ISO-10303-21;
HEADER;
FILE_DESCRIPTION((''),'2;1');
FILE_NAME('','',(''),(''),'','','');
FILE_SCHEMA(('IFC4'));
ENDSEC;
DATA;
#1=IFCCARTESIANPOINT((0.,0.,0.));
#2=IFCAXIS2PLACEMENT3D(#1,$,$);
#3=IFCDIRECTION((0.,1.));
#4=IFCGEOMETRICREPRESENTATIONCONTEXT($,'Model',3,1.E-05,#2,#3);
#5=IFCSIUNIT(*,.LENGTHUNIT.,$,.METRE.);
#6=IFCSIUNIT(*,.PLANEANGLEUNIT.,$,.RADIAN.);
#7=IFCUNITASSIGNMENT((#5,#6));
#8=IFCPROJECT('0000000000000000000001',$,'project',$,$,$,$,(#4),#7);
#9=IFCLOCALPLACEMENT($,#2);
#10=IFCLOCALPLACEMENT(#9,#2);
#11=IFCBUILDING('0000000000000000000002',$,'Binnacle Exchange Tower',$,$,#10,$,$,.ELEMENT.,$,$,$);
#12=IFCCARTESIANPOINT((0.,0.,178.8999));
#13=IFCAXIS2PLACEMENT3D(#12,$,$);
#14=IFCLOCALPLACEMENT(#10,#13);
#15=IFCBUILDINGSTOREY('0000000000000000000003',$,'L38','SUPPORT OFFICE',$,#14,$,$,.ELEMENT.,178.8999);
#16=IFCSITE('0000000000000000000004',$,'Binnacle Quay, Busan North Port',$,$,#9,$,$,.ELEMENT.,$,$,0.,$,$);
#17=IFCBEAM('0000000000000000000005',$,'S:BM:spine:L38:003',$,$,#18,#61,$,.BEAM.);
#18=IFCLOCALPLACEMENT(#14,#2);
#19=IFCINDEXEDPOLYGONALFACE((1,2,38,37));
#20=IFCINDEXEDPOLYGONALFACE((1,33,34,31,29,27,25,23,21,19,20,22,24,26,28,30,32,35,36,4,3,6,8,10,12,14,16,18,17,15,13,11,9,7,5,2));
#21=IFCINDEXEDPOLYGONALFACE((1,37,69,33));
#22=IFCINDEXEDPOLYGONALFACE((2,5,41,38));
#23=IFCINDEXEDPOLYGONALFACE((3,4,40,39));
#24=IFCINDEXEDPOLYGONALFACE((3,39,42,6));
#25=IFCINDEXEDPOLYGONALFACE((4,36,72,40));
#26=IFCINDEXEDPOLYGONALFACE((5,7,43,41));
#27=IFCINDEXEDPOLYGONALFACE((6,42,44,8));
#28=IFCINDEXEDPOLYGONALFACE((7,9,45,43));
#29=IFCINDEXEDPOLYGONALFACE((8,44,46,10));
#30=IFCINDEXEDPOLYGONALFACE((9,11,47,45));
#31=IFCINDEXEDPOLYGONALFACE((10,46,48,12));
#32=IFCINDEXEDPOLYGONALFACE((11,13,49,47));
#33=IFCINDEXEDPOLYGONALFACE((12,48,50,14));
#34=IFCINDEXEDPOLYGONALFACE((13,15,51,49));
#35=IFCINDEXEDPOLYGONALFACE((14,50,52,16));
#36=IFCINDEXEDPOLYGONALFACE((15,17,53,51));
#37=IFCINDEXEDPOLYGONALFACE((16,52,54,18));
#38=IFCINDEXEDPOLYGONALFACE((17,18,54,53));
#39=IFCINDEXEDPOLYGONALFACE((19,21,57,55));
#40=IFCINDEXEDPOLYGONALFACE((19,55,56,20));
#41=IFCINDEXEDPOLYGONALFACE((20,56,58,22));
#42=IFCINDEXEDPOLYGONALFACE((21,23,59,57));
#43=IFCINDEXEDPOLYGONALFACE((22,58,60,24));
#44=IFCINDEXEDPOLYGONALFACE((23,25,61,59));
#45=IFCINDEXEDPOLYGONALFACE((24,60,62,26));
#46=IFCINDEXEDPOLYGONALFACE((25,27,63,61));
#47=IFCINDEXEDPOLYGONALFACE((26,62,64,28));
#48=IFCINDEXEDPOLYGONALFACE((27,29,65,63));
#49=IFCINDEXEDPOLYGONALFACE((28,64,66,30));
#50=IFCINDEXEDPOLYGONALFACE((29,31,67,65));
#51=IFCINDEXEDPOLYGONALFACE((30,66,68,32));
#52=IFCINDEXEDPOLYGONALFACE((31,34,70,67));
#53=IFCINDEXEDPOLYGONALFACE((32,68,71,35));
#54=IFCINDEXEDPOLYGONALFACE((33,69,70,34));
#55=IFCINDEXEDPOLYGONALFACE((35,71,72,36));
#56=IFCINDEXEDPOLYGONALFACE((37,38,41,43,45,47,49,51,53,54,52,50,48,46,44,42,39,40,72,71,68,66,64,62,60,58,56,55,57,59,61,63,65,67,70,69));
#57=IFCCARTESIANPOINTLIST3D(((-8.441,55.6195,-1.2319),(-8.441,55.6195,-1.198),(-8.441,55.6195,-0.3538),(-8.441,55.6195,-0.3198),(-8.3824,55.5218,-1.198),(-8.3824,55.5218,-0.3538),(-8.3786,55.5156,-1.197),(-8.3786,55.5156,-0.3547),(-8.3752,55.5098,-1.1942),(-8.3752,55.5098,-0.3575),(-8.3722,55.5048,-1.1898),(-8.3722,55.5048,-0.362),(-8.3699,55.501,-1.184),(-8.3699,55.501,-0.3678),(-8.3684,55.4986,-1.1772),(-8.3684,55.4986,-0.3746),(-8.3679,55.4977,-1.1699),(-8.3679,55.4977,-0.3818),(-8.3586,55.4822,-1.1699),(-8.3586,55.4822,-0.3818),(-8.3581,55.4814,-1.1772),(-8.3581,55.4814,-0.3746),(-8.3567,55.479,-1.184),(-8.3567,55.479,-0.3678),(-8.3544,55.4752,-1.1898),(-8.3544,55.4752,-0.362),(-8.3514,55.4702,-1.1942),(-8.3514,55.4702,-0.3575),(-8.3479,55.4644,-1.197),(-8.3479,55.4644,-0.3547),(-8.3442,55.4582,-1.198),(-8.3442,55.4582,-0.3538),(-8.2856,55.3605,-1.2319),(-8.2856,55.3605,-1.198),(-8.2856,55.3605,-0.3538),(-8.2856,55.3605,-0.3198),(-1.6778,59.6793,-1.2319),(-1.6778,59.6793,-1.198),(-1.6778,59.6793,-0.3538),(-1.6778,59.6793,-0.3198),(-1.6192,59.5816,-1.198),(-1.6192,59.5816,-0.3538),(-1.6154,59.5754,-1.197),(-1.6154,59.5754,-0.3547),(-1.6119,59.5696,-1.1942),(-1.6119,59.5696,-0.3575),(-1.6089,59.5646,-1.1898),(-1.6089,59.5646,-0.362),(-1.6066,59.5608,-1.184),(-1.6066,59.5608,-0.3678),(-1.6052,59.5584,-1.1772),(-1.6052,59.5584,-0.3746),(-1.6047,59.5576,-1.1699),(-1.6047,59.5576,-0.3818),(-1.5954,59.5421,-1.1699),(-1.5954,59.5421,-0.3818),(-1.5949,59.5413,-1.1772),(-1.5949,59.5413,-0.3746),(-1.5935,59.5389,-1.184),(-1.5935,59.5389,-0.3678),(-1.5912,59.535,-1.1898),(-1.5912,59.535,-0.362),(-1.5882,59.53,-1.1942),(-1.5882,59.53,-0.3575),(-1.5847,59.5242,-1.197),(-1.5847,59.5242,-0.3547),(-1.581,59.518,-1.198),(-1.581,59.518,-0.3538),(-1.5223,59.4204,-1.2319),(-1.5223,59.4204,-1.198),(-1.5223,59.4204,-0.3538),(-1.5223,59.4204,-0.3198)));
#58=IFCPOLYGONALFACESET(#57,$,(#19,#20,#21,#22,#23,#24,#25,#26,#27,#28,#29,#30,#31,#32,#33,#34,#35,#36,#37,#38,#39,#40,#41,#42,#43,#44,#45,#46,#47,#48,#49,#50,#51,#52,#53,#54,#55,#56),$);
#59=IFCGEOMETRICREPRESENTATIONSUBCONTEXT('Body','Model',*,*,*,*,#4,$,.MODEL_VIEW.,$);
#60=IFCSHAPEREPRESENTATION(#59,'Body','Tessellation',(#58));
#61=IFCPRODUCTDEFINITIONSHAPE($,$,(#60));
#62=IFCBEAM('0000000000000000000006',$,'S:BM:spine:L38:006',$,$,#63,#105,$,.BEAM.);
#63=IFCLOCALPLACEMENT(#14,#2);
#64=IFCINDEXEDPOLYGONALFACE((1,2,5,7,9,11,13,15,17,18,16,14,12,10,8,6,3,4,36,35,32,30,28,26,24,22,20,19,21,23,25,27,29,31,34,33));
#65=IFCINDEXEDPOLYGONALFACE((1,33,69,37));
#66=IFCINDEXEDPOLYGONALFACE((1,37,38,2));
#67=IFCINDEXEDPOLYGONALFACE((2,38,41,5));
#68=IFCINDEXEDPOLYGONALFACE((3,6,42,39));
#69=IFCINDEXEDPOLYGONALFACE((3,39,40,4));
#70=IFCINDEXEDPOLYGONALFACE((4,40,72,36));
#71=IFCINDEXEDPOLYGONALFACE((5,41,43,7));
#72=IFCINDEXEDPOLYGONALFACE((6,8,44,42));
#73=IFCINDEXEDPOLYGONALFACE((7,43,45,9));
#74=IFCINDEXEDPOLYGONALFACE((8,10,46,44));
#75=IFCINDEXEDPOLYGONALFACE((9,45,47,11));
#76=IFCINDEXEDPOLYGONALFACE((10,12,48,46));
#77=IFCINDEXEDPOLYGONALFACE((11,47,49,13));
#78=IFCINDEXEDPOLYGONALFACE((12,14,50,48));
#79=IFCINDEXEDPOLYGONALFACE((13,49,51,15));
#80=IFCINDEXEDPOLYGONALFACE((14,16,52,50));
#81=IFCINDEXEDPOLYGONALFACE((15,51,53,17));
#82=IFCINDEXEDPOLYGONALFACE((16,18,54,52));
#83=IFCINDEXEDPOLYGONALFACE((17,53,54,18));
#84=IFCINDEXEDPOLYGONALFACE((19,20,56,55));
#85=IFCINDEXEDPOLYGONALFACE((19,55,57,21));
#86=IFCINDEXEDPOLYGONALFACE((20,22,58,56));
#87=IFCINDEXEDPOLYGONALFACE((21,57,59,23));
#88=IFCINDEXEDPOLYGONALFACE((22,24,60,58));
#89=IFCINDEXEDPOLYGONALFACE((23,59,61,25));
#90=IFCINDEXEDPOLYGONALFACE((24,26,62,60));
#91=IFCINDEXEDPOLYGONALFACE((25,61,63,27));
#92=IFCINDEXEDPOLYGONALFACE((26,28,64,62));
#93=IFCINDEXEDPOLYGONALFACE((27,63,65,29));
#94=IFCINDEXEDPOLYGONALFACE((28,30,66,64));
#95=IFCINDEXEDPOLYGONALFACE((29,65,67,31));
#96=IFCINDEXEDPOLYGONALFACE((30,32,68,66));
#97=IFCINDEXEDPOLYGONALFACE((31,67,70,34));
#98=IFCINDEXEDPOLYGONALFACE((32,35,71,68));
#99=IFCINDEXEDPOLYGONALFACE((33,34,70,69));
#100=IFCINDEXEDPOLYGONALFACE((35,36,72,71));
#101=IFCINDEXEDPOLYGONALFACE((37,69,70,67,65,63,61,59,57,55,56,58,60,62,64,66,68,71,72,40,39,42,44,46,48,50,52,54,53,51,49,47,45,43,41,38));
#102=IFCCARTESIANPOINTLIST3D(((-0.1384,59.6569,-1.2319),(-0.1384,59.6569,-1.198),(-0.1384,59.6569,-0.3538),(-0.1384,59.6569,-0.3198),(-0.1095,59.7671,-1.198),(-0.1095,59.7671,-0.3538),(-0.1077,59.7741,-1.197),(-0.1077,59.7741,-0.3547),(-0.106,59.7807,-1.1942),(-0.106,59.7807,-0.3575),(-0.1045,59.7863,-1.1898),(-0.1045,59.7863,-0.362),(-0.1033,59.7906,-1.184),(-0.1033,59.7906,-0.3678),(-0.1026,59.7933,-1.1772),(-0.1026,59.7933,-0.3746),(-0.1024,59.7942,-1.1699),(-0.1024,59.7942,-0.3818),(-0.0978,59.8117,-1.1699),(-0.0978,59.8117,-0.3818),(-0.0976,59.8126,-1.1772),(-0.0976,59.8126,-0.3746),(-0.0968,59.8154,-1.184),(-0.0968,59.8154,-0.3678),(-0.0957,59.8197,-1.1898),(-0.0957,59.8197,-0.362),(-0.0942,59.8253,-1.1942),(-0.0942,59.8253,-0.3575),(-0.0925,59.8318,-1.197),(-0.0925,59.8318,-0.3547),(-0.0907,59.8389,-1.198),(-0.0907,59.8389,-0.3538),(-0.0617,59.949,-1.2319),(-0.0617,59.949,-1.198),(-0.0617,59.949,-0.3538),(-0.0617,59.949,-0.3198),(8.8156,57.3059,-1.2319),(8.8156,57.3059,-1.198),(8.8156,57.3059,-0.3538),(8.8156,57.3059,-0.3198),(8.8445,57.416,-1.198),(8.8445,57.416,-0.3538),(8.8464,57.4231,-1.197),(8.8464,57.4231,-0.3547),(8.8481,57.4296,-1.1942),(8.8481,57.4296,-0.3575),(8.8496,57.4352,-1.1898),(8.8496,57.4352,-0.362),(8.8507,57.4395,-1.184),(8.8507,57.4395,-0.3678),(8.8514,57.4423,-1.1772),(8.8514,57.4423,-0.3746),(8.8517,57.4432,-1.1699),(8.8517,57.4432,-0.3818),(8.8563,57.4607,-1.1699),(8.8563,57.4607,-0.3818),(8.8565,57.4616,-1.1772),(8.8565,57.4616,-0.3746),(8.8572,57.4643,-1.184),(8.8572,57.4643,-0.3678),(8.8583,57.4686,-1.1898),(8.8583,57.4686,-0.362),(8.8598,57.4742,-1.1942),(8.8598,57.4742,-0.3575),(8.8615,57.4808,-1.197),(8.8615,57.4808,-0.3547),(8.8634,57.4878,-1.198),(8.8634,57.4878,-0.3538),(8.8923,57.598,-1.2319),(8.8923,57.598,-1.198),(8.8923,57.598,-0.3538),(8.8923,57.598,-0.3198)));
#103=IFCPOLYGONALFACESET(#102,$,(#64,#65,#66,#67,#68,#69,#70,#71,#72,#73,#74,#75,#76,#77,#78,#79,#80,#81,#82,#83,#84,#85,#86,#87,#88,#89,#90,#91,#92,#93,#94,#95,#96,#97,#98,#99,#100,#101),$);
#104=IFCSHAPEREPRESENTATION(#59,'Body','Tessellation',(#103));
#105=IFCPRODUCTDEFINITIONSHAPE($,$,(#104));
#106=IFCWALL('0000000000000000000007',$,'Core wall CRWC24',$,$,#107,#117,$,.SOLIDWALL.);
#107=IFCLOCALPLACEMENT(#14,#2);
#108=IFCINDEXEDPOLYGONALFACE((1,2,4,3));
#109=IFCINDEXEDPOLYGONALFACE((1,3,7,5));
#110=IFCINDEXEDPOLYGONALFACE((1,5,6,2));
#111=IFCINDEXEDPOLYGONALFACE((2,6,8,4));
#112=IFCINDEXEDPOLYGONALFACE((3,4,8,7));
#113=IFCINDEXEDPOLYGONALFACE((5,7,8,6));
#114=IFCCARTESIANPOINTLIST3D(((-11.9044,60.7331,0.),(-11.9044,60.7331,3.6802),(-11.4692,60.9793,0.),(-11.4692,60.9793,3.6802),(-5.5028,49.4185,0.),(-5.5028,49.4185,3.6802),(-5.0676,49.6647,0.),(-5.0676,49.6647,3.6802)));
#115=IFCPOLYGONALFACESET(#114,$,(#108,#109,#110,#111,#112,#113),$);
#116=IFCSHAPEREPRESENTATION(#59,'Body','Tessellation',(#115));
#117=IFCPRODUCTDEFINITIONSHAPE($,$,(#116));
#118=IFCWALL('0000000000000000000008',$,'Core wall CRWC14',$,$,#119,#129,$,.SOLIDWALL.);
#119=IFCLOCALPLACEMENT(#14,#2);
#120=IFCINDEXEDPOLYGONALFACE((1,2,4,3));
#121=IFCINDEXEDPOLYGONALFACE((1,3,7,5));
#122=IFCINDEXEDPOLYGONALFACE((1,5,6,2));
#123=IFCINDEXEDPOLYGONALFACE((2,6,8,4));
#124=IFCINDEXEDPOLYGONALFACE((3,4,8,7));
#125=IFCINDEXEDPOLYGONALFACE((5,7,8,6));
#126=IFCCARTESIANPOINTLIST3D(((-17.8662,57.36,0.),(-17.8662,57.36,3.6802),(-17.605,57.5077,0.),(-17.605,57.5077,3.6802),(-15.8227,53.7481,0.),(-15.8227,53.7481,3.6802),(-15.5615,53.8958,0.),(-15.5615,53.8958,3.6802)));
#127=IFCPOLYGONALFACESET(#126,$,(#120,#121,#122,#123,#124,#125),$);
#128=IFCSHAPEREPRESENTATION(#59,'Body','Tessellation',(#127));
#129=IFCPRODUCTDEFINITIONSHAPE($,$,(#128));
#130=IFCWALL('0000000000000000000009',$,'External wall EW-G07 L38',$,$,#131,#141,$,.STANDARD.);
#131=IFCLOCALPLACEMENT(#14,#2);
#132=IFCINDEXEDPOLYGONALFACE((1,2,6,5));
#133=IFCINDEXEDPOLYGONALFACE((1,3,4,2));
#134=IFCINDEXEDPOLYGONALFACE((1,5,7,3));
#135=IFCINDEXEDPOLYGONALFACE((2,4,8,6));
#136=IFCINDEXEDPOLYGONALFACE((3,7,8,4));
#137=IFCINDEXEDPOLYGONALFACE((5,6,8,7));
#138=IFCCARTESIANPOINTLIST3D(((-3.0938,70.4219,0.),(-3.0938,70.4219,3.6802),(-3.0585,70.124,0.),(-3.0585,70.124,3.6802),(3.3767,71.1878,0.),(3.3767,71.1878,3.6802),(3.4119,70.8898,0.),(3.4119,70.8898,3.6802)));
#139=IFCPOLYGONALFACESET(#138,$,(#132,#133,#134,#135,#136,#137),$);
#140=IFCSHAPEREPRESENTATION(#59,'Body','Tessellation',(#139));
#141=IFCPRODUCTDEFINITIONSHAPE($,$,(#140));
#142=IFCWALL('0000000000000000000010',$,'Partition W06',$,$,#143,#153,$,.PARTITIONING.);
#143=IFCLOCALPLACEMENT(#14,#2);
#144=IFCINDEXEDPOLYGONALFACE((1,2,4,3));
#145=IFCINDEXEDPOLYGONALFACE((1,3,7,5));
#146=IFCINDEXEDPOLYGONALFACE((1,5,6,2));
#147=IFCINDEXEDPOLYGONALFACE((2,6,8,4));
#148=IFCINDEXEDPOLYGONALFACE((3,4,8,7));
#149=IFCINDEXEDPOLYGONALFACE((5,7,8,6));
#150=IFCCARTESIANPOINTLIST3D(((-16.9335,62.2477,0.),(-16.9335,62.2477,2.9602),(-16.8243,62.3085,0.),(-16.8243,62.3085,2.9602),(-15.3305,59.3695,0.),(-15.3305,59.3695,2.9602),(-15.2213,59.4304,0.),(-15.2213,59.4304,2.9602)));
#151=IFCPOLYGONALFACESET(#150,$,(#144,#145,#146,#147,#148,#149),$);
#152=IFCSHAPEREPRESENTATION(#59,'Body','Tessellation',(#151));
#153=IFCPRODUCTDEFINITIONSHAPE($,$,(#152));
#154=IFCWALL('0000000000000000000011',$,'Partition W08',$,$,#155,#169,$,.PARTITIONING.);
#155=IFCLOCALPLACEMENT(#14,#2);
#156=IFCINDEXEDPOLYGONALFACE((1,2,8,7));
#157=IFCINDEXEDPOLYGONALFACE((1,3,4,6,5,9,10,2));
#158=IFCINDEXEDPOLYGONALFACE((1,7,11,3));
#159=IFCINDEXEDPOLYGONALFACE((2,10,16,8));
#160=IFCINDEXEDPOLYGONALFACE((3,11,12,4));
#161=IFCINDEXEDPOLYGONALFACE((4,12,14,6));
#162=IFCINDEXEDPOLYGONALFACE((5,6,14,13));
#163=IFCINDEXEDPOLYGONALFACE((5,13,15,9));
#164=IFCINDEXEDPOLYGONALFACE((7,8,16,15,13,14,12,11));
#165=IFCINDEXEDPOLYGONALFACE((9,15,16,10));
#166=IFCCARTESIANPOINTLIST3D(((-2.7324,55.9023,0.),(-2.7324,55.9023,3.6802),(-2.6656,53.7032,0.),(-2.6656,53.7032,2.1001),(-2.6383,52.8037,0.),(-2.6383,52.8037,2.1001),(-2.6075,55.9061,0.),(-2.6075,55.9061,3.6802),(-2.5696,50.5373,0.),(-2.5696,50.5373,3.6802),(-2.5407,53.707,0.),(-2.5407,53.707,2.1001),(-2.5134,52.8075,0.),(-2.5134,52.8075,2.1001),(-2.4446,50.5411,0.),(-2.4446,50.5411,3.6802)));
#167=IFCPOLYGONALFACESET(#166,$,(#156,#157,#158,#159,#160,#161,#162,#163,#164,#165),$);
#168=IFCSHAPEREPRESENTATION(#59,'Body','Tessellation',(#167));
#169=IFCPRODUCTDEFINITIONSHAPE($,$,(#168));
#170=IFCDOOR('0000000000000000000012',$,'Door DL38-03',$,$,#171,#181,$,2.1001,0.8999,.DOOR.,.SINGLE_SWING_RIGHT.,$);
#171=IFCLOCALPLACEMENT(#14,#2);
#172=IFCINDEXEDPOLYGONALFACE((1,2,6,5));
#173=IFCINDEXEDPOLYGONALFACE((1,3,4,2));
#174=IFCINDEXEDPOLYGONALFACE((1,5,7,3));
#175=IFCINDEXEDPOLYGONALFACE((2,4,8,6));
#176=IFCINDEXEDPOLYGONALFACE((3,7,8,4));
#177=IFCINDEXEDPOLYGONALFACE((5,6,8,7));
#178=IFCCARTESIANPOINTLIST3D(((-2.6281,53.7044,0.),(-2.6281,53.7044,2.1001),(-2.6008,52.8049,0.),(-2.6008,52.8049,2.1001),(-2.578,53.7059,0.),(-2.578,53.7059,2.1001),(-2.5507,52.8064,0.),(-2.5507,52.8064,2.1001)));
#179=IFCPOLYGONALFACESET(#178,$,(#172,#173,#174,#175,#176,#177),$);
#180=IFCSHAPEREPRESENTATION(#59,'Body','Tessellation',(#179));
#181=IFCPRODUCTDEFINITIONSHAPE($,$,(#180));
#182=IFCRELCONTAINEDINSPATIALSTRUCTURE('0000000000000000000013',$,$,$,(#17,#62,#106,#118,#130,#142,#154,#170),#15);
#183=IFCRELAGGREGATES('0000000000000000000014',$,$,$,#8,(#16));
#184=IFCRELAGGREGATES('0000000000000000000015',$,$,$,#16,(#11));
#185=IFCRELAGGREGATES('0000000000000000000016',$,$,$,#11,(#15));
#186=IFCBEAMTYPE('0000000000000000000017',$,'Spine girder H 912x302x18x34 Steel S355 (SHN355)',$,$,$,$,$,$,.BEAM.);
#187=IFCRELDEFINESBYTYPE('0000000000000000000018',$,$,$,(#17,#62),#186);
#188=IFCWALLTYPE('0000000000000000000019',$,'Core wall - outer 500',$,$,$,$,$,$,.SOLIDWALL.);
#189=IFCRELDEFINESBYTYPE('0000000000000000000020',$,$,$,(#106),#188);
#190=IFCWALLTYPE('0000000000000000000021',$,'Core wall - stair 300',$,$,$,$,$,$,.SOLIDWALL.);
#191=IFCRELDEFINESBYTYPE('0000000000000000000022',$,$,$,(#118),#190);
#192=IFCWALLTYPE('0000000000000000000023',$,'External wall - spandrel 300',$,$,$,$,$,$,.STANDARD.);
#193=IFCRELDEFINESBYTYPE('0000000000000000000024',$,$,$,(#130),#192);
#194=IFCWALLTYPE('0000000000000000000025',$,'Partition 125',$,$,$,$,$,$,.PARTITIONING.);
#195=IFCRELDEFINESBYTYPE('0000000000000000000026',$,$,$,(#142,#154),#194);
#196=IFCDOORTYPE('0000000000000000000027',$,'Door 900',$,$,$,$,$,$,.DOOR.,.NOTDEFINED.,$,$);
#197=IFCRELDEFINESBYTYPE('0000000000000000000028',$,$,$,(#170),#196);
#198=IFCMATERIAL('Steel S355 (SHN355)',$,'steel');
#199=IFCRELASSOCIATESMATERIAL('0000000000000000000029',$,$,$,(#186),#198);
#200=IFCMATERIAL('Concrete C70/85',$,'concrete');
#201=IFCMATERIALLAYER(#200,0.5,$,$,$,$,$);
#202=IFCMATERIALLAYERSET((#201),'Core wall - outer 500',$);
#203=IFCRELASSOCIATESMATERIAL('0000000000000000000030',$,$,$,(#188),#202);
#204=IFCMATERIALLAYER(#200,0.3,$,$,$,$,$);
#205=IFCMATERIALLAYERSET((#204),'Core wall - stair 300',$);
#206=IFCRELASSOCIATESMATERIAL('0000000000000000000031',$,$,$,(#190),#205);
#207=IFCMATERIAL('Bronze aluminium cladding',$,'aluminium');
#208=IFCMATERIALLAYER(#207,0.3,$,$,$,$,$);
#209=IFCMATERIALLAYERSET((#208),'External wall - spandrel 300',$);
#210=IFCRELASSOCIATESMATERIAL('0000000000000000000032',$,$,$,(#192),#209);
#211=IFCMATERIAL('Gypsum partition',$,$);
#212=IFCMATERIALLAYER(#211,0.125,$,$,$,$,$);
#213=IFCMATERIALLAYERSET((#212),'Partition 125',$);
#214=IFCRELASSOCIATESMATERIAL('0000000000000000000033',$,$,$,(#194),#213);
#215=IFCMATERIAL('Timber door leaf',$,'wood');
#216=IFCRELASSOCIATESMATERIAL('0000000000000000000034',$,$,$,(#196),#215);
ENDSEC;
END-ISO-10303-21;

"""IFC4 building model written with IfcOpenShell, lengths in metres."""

from ifc_helpers import new_model, si_unit, direction, frame, frame_2d, origin, origin_2d, place, context, subcontext, project, spatial, rectangle, i_section, extrude, material, layer, layer_set, material_profile, profile_set, type_object, element, fill, save


model = new_model("IFC4")

# Units and contexts
model_context = context("Model", 3, precision=1e-05, world=origin(), true_north=direction((0.0, 1.0)))
body_context = subcontext(model_context, "Body", "Model", "MODEL_VIEW")
ifc_project = project(units=[si_unit("LENGTHUNIT", "METRE"), si_unit("PLANEANGLEUNIT", "RADIAN")], contexts=[model_context])

# Site, building, storey
site_placement = place(None, origin())
site = spatial("IfcSite", under=ifc_project, at=site_placement, Name="Binnacle Quay, Busan North Port", CompositionType="ELEMENT", RefElevation=0.0)
building_placement = place(site_placement, origin())
building = spatial("IfcBuilding", under=site, at=building_placement, Name="Binnacle Exchange Tower", CompositionType="ELEMENT")
storey_placement = place(building_placement, frame((0.0, 0.0, 178.8999)))
storey = spatial("IfcBuildingStorey", under=building, at=storey_placement, Name="L38", Description="SUPPORT OFFICE", CompositionType="ELEMENT", Elevation=178.8999)

# Shared definitions
ifc_material_1 = material(Name="Concrete C70/85", Category="concrete")

# Beams
ifc_material_2 = material(Name="Steel S355 (SHN355)", Category="steel")
ifc_material_profile_1 = material_profile(ifc_material_2, i_section(OverallWidth=0.302, OverallDepth=0.9121, WebThickness=0.0181, FlangeThickness=0.0339, FilletRadius=0.0281, at=origin_2d()), Name="H 912x302x18x34")
ifc_profile_set_1 = profile_set([ifc_material_profile_1], Name="Steel S355 (SHN355)")
beam_type_1 = type_object("IfcBeamType", Name="Spine girder H 912x302x18x34 Steel S355 (SHN355)", PredefinedType="BEAM", material=ifc_profile_set_1)
beam_1_placement = place(storey_placement, frame((-8.3633, 55.49, -0.7759), z_axis=(0.857386, 0.514673, 0.0), x_axis=(-0.514673, 0.857386, 0.0)))
element("IfcBeam", 1, at=beam_1_placement, inside=storey, type_object=beam_type_1, Name="S:BM:spine:L38:003", PredefinedType="BEAM", context=body_context, shape_type="SweptSolid", body=[
    extrude(i_section(OverallWidth=0.302, OverallDepth=0.9121, WebThickness=0.0181, FlangeThickness=0.0339, FilletRadius=0.0281, at=origin_2d()), origin(), (0.0, 0.0, 1.0), 7.8882),
])
beam_2_placement = place(storey_placement, frame((-0.1001, 59.803, -0.7759), z_axis=(0.967214, -0.253961, 0.0), x_axis=(0.253961, 0.967214, 0.0)))
element("IfcBeam", 2, at=beam_2_placement, inside=storey, type_object=beam_type_1, Name="S:BM:spine:L38:006", PredefinedType="BEAM", context=body_context, shape_type="SweptSolid", body=[
    extrude(i_section(OverallWidth=0.302, OverallDepth=0.9121, WebThickness=0.0181, FlangeThickness=0.0339, FilletRadius=0.0281, at=origin_2d()), origin(), (0.0, 0.0, 1.0), 9.2576),
])

# Walls
ifc_layer_1 = layer(ifc_material_1, 0.5)
ifc_layer_set_1 = layer_set([ifc_layer_1], Name="Core wall - outer 500")
wall_type_1 = type_object("IfcWallType", Name="Core wall - outer 500", PredefinedType="SOLIDWALL", material=ifc_layer_set_1)
wall_1_placement = place(storey_placement, frame((-11.6868, 60.8562, 0.0), z_axis=(0.0, 0.0, 1.0), x_axis=(0.492427, -0.870354, 0.0)))
element("IfcWall", 3, at=wall_1_placement, inside=storey, type_object=wall_type_1, Name="Core wall CRWC24", PredefinedType="SOLIDWALL", context=body_context, shape_type="SweptSolid", body=[
    extrude(rectangle(XDim=13.0, YDim=0.5, at=frame_2d((6.5, 0.0))), origin(), (0.0, 0.0, 1.0), 3.6802),
])
ifc_layer_2 = layer(ifc_material_1, 0.3)
ifc_layer_set_2 = layer_set([ifc_layer_2], Name="Core wall - stair 300")
wall_type_2 = type_object("IfcWallType", Name="Core wall - stair 300", PredefinedType="SOLIDWALL", material=ifc_layer_set_2)
wall_2_placement = place(storey_placement, frame((-17.7356, 57.4338, 0.0), z_axis=(0.0, 0.0, 1.0), x_axis=(0.492422, -0.870357, 0.0)))
element("IfcWall", 4, at=wall_2_placement, inside=storey, type_object=wall_type_2, Name="Core wall CRWC14", PredefinedType="SOLIDWALL", context=body_context, shape_type="SweptSolid", body=[
    extrude(rectangle(XDim=4.1499, YDim=0.3, at=frame_2d((2.075, 0.0))), origin(), (0.0, 0.0, 1.0), 3.6802),
])
ifc_material_3 = material(Name="Bronze aluminium cladding", Category="aluminium")
ifc_layer_3 = layer(ifc_material_3, 0.3)
ifc_layer_set_3 = layer_set([ifc_layer_3], Name="External wall - spandrel 300")
wall_type_3 = type_object("IfcWallType", Name="External wall - spandrel 300", PredefinedType="STANDARD", material=ifc_layer_set_3)
wall_3_placement = place(storey_placement, frame((-3.0762, 70.2729, 0.0), z_axis=(0.0, 0.0, 1.0), x_axis=(0.993068, 0.117543, 0.0)))
element("IfcWall", 5, at=wall_3_placement, inside=storey, type_object=wall_type_3, Name="External wall EW-G07 L38", PredefinedType="STANDARD", context=body_context, shape_type="SweptSolid", body=[
    extrude(rectangle(XDim=6.5156, YDim=0.3, at=frame_2d((3.2578, 0.0))), origin(), (0.0, 0.0, 1.0), 3.6802),
])
ifc_material_4 = material(Name="Gypsum partition")
ifc_layer_4 = layer(ifc_material_4, 0.125)
ifc_layer_set_4 = layer_set([ifc_layer_4], Name="Partition 125")
wall_type_4 = type_object("IfcWallType", Name="Partition 125", PredefinedType="PARTITIONING", material=ifc_layer_set_4)
wall_4_placement = place(storey_placement, frame((-16.8789, 62.2781, 0.0), z_axis=(0.0, 0.0, 1.0), x_axis=(0.48658, -0.873636, 0.0)))
element("IfcWall", 6, at=wall_4_placement, inside=storey, type_object=wall_type_4, Name="Partition W06", PredefinedType="PARTITIONING", context=body_context, shape_type="SweptSolid", body=[
    extrude(rectangle(XDim=3.2944, YDim=0.125, at=frame_2d((1.6472, 0.0))), origin(), (0.0, 0.0, 1.0), 2.9602),
])

# Wall, opening, door
wall_5_placement = place(storey_placement, frame((-2.6699, 55.9041, 0.0), z_axis=(0.0, 0.0, 1.0), x_axis=(0.030339, -0.99954, 0.0)))
wall_5 = element("IfcWall", 7, at=wall_5_placement, inside=storey, type_object=wall_type_4, Name="Partition W08", PredefinedType="PARTITIONING", context=body_context, shape_type="SweptSolid", body=[
    extrude(rectangle(XDim=5.3674, YDim=0.125, at=frame_2d((2.6836, 0.0))), origin(), (0.0, 0.0, 1.0), 3.6802),
])
opening_placement = place(wall_5_placement, frame((2.2, 0.0, 0.0)))
opening = element("IfcOpeningElement", 8, at=opening_placement, cuts=wall_5, PredefinedType="OPENING", context=body_context, shape_type="SweptSolid", body=[
    extrude(rectangle(XDim=0.8999, YDim=2.1001, at=frame_2d((0.45, 1.05))), frame((0.0, 0.0725, 0.0), z_axis=(0.0, -1.0, 0.0), x_axis=(1.0, 0.0, 0.0)), (0.0, 0.0, 1.0), 0.145),
])
ifc_material_5 = material(Name="Timber door leaf", Category="wood")
door_type = type_object("IfcDoorType", Name="Door 900", OperationType="NOTDEFINED", PredefinedType="DOOR", material=ifc_material_5)
door_placement = place(opening_placement, frame((0.8999, 0.0, 0.0), z_axis=(0.0, 0.0, 1.0), x_axis=(-1.0, 0.0, 0.0)))
door = element("IfcDoor", 9, at=door_placement, inside=storey, type_object=door_type, Name="Door DL38-03", OperationType="SINGLE_SWING_RIGHT", OverallHeight=2.1001, OverallWidth=0.8999, PredefinedType="DOOR", context=body_context, shape_type="SweptSolid", body=[
    extrude(rectangle(XDim=0.8999, YDim=2.1001, at=frame_2d((0.45, 1.05))), frame((0.0, 0.0249, 0.0), z_axis=(0.0, -1.0, 0.0), x_axis=(1.0, 0.0, 0.0)), (0.0, 0.0, 1.0), 0.05),
])
fill(opening, door)

save(model, "model.ifc")
